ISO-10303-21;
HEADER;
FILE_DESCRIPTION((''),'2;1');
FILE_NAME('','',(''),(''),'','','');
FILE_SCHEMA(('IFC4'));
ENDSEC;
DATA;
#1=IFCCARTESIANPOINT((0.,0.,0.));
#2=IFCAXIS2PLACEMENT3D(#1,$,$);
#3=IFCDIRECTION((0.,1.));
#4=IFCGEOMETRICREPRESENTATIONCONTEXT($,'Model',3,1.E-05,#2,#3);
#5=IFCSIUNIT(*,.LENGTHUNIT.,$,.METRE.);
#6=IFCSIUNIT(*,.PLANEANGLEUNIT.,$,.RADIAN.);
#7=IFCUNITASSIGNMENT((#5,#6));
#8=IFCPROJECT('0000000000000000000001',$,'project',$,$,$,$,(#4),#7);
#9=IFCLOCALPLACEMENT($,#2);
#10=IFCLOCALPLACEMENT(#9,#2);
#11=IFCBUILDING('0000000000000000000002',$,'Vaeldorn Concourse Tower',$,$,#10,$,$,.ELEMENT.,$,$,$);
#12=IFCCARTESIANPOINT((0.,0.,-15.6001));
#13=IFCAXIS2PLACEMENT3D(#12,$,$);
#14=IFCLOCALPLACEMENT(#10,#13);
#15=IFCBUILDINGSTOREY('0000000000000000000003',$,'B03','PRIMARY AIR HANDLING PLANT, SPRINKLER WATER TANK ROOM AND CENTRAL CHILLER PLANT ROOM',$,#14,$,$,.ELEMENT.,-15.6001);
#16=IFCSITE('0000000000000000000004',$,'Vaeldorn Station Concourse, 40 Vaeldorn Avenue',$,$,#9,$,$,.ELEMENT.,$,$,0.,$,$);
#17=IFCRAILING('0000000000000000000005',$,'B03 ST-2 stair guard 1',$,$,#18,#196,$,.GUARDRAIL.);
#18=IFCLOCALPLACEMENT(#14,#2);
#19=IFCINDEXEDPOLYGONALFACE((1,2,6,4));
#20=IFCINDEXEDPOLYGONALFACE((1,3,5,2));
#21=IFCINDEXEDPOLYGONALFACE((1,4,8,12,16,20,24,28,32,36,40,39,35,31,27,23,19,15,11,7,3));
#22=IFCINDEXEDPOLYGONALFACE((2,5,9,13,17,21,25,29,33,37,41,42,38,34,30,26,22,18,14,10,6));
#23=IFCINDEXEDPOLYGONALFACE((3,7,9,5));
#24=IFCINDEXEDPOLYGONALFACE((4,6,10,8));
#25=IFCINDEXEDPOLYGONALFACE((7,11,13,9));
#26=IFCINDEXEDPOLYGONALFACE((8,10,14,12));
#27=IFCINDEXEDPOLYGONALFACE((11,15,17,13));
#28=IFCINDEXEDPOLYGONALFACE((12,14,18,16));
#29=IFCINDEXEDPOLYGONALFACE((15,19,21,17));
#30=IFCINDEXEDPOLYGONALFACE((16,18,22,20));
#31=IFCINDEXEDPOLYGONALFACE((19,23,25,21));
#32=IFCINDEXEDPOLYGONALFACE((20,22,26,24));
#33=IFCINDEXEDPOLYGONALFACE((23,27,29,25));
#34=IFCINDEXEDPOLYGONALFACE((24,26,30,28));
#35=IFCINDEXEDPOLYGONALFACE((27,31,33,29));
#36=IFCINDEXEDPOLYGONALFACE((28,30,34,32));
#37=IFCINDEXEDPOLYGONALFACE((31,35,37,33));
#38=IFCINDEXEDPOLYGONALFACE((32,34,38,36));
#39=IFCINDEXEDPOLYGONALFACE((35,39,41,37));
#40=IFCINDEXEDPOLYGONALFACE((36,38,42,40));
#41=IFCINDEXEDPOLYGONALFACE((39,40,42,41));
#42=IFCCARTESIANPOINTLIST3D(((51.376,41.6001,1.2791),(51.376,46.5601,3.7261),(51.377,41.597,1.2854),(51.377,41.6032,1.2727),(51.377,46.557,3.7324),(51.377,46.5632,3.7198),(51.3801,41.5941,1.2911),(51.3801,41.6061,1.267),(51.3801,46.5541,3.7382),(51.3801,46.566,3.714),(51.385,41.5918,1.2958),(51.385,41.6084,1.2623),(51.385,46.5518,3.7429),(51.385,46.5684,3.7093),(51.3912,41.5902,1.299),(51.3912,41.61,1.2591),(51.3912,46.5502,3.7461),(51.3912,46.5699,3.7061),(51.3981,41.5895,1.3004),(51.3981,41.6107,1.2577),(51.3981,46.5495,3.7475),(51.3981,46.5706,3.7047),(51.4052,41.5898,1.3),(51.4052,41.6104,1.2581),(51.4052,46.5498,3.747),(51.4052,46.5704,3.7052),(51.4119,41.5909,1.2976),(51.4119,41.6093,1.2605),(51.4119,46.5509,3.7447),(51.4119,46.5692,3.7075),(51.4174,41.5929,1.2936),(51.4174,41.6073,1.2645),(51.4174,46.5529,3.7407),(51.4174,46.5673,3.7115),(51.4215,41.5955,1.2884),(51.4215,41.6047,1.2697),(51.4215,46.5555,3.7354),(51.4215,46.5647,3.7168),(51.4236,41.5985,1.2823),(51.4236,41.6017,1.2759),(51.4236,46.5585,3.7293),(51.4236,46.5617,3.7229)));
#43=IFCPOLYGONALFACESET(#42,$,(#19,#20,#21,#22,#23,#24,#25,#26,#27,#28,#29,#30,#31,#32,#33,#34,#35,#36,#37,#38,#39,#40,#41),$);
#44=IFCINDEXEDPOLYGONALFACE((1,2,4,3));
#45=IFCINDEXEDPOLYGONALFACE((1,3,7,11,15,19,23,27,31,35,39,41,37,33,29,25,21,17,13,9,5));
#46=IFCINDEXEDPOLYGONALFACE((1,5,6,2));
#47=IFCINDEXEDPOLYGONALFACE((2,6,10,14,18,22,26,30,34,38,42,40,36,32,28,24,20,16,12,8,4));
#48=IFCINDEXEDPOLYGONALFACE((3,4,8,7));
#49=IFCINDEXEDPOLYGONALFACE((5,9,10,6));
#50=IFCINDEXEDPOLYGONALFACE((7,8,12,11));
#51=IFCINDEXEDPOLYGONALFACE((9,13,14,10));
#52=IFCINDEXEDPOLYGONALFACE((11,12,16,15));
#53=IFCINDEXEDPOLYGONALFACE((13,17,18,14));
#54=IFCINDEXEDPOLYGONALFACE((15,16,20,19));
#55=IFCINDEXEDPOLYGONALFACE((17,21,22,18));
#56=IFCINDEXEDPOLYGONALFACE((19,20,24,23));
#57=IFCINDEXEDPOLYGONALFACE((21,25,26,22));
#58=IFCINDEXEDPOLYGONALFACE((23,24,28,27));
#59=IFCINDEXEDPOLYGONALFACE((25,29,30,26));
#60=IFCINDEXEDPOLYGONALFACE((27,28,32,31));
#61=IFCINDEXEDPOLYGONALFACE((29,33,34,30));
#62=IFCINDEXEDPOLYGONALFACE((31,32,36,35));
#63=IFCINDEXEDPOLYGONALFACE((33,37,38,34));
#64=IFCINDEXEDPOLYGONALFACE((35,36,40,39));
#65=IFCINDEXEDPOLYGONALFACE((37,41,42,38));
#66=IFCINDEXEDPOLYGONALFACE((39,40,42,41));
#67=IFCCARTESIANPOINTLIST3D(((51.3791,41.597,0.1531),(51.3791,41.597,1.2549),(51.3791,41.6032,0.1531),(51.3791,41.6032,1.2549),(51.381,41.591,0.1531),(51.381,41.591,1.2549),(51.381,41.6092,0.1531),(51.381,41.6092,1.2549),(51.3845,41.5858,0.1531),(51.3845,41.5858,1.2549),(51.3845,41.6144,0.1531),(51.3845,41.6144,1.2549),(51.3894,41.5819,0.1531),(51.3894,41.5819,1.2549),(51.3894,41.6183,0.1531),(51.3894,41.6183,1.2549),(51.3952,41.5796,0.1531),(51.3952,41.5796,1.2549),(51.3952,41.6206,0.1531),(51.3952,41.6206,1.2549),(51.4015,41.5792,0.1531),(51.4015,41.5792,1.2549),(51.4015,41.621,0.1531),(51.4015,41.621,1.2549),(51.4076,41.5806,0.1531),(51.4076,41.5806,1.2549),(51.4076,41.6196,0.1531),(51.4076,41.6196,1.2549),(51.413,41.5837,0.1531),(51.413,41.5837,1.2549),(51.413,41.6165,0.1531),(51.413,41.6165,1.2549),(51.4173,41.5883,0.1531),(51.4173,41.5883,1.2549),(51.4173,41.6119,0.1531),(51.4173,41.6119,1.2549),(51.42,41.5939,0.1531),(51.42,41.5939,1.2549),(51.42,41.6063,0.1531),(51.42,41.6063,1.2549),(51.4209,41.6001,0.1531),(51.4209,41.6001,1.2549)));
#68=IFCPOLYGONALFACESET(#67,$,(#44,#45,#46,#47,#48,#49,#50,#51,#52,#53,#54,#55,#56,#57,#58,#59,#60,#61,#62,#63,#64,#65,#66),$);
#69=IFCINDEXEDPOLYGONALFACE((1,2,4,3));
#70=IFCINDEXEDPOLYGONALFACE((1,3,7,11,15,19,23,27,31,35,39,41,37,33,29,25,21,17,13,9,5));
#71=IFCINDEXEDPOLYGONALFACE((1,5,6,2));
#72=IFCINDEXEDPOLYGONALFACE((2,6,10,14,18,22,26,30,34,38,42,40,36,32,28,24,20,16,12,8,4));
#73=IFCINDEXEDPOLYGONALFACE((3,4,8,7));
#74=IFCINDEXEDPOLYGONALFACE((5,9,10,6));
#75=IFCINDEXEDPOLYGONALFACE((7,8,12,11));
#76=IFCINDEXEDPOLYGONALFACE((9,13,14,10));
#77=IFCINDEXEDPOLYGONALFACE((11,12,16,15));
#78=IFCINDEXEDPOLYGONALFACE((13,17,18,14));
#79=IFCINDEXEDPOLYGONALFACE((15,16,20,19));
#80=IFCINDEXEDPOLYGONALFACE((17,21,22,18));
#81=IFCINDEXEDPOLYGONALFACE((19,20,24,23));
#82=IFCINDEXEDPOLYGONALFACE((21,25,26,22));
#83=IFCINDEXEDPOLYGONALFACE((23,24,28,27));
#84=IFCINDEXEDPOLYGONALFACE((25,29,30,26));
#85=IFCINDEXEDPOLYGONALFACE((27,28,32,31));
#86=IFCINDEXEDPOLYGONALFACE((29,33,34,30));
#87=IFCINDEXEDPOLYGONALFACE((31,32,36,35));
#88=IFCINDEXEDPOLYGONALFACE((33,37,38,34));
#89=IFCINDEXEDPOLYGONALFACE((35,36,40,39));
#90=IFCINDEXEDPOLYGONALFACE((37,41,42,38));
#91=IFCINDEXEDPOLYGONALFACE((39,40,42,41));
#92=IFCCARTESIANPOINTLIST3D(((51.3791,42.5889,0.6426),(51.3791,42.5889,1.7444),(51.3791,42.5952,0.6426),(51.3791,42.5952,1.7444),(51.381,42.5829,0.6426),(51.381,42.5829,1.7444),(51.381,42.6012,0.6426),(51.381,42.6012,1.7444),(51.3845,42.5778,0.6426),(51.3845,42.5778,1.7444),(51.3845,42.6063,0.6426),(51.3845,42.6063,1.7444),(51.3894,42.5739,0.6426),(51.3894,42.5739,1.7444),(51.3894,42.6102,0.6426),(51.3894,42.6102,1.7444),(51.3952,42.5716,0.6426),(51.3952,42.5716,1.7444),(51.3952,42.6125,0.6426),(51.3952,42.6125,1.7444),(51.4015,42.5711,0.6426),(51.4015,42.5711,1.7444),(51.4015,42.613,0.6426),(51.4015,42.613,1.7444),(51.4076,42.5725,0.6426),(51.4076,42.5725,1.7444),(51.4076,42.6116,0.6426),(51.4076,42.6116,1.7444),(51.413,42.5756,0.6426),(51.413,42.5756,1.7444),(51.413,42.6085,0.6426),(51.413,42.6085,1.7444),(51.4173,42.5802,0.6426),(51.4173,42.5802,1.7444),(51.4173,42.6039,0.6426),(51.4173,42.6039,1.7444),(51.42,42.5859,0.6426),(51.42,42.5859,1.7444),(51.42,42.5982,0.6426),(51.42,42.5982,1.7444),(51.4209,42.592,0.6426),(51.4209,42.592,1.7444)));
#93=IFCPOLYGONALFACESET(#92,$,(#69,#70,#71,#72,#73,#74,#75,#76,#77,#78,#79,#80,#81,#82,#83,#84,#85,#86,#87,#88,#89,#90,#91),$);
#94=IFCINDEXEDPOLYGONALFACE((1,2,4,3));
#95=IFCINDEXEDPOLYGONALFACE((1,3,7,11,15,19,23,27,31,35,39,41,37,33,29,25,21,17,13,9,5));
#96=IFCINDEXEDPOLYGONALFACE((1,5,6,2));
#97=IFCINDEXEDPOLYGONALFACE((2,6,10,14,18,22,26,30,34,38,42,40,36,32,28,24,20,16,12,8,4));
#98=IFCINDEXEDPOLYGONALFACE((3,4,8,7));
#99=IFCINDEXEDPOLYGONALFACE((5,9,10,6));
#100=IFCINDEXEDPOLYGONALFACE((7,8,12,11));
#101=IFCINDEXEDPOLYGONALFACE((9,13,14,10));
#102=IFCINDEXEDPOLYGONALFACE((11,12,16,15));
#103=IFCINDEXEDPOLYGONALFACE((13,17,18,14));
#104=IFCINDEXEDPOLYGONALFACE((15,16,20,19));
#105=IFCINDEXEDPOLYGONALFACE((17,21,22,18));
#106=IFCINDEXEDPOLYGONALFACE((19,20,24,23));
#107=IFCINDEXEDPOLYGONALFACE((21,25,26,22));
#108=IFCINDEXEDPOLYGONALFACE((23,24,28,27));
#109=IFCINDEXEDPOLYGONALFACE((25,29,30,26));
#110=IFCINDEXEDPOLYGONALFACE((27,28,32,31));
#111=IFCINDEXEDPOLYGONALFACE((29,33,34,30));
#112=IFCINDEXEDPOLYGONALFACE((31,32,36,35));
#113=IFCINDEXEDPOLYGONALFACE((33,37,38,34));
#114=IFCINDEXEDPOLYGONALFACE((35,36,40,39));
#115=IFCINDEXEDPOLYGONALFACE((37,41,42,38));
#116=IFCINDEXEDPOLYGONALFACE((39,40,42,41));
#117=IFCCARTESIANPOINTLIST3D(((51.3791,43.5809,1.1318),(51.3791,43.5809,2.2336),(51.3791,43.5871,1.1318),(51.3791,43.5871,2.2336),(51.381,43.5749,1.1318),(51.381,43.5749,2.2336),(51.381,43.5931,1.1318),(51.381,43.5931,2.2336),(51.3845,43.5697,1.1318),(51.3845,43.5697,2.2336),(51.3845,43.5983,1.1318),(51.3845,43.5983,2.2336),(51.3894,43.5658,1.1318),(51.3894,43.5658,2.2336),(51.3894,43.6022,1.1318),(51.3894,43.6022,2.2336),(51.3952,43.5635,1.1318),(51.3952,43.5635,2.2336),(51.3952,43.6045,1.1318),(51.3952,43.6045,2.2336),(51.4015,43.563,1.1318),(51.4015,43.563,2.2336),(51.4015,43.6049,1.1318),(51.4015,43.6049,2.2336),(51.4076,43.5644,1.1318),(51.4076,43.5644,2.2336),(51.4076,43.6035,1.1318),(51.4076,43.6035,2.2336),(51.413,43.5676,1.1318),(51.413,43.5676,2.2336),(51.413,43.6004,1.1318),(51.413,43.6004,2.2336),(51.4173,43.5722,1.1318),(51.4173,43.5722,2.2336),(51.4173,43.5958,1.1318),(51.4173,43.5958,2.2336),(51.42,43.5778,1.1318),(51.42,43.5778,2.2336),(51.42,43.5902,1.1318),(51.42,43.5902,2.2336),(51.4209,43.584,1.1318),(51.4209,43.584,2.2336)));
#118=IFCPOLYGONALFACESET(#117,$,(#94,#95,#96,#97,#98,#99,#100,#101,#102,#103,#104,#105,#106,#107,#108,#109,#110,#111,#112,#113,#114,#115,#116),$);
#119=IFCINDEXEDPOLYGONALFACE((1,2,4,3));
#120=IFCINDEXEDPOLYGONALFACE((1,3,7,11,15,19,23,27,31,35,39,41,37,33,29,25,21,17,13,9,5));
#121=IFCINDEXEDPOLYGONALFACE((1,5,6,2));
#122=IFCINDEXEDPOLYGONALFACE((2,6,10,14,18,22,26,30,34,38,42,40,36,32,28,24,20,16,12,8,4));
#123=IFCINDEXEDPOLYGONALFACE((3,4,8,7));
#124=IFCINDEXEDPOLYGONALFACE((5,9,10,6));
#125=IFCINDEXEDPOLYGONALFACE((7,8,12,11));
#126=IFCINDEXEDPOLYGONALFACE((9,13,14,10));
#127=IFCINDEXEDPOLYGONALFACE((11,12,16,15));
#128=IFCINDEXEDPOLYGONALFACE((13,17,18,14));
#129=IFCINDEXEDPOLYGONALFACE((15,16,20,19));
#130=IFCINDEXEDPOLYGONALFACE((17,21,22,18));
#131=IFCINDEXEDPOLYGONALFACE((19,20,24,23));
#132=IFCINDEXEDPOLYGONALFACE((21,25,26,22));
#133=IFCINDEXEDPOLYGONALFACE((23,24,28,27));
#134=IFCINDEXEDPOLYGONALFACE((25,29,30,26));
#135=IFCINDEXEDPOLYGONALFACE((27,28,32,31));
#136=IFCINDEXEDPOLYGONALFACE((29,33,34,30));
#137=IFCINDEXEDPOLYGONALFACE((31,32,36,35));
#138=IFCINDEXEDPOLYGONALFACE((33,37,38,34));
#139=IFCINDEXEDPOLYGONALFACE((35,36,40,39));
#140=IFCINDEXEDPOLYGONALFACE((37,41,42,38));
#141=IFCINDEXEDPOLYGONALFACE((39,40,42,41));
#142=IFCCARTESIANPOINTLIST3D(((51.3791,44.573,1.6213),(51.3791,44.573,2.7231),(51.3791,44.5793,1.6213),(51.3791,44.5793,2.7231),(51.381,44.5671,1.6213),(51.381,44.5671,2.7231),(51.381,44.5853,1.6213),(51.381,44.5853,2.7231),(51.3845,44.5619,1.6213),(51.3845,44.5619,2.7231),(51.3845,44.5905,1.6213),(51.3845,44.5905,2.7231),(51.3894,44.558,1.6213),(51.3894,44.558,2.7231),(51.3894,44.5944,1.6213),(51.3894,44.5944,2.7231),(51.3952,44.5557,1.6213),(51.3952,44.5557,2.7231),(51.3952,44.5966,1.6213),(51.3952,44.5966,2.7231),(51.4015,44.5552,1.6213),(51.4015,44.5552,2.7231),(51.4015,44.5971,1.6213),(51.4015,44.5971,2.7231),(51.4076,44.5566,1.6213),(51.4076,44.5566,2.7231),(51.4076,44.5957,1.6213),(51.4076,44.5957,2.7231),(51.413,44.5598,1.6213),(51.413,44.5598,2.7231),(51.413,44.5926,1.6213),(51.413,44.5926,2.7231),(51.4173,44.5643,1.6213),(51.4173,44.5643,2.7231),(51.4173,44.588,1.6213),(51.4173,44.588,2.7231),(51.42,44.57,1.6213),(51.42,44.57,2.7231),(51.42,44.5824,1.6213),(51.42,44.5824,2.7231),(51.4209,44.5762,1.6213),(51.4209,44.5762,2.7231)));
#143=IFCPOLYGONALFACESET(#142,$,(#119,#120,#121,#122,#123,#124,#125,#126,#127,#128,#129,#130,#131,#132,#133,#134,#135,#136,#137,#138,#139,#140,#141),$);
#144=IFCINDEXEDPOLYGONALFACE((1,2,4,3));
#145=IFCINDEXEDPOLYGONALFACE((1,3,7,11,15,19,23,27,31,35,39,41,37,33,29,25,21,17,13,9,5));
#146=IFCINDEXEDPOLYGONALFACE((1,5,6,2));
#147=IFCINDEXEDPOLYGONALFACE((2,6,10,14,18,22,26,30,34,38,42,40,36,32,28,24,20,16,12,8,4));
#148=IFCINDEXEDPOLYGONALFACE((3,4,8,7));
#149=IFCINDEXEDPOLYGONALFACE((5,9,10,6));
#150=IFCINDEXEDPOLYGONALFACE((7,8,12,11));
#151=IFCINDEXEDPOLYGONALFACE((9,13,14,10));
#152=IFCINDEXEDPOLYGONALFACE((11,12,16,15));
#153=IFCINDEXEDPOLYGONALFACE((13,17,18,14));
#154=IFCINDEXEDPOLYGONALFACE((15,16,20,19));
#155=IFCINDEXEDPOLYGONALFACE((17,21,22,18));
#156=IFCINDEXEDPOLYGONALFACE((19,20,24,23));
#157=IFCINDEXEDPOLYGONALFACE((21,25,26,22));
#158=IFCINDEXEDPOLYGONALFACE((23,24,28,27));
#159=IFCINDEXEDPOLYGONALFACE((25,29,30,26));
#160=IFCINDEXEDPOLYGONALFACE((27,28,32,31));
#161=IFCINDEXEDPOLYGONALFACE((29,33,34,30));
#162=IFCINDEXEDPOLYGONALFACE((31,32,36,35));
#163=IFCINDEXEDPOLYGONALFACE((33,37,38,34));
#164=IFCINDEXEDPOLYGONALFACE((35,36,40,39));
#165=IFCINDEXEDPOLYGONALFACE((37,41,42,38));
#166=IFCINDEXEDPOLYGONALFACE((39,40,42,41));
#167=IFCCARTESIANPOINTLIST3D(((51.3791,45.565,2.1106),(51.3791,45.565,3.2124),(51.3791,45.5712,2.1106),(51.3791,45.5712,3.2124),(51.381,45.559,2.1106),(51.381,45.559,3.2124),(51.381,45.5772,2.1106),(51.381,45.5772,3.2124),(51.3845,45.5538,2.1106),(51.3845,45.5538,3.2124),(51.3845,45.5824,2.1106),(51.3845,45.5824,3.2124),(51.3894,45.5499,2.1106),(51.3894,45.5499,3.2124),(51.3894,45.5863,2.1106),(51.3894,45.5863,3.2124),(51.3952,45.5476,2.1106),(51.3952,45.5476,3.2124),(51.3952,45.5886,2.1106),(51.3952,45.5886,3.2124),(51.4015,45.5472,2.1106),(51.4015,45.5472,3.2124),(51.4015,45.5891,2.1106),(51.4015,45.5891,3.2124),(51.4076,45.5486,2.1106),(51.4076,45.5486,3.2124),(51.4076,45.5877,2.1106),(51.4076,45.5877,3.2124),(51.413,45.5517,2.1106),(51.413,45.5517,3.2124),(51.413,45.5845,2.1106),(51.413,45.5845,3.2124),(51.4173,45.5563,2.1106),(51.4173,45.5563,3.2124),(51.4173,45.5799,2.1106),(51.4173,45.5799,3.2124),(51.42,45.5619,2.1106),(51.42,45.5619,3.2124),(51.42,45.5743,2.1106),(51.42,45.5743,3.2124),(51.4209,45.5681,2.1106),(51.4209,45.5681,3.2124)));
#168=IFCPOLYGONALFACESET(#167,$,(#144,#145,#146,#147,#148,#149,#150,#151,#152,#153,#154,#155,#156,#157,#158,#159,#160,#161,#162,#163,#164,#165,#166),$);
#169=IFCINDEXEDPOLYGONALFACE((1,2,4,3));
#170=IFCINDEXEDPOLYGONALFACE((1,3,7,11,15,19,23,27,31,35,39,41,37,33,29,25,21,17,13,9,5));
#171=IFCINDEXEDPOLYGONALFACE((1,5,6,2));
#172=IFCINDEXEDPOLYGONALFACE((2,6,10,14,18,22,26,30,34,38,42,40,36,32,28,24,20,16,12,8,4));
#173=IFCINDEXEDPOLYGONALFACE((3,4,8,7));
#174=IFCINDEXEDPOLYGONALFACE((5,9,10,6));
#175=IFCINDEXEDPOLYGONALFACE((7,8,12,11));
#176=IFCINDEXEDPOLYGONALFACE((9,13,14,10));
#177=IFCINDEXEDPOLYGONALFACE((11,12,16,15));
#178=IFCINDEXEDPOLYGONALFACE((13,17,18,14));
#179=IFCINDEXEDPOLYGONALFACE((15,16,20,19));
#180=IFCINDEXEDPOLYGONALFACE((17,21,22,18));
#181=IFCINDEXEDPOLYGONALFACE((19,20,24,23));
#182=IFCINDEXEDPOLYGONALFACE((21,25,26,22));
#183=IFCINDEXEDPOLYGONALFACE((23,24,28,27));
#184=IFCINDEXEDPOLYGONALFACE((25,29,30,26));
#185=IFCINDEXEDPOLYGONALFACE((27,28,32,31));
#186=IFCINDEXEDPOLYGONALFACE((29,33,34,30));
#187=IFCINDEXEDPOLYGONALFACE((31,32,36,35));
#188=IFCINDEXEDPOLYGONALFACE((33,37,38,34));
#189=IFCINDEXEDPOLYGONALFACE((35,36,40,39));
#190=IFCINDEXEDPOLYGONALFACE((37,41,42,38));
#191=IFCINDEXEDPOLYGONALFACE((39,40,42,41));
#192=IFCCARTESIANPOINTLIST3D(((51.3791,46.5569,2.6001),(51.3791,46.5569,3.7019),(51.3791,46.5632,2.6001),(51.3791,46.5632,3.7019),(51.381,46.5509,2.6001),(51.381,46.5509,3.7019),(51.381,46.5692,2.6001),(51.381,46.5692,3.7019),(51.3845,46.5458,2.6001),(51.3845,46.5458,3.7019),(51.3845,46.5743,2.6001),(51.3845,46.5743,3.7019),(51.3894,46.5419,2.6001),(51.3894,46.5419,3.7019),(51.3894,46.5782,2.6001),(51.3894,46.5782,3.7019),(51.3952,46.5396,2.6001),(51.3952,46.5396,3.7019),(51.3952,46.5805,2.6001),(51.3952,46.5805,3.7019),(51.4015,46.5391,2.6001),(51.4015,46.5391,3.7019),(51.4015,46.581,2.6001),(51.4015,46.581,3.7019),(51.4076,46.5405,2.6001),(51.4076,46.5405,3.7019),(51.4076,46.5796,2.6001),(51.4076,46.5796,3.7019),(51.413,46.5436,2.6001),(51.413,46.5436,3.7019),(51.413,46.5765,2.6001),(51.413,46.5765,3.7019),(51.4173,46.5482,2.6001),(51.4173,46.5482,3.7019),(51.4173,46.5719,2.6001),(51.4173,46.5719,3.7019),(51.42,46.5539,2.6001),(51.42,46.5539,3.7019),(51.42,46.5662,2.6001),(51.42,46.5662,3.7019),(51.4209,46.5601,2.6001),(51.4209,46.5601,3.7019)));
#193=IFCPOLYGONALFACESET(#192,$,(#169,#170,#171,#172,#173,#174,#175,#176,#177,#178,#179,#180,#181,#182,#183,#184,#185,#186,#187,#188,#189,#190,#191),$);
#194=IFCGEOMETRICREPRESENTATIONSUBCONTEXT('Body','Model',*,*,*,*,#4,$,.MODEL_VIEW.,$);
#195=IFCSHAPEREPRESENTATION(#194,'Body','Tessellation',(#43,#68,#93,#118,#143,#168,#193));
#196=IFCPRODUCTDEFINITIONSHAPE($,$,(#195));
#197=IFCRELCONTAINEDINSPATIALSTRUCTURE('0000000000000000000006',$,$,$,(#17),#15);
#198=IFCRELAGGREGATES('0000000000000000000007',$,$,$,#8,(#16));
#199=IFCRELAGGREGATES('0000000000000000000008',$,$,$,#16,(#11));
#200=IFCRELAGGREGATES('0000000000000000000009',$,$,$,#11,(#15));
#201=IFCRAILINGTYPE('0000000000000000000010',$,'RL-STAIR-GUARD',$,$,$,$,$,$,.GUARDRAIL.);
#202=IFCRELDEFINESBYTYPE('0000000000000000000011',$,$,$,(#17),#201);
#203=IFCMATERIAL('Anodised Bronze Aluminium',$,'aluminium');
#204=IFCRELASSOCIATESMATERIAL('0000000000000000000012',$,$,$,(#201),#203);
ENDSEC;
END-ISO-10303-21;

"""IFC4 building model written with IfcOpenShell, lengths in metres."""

from ifc_helpers import new_model, si_unit, direction, frame, origin, origin_2d, place, context, subcontext, project, spatial, circle, extrude, material, type_object, element, save


model = new_model("IFC4")

# Units and contexts
model_context = context("Model", 3, precision=1e-05, world=origin(), true_north=direction((0.0, 1.0)))
body_context = subcontext(model_context, "Body", "Model", "MODEL_VIEW")
ifc_project = project(units=[si_unit("LENGTHUNIT", "METRE"), si_unit("PLANEANGLEUNIT", "RADIAN")], contexts=[model_context])

# Site, building, storey
site_placement = place(None, origin())
site = spatial("IfcSite", under=ifc_project, at=site_placement, Name="Vaeldorn Station Concourse, 40 Vaeldorn Avenue", CompositionType="ELEMENT", RefElevation=0.0)
building_placement = place(site_placement, origin())
building = spatial("IfcBuilding", under=site, at=building_placement, Name="Vaeldorn Concourse Tower", CompositionType="ELEMENT")
storey_placement = place(building_placement, frame((0.0, 0.0, -15.6001)))
storey = spatial("IfcBuildingStorey", under=building, at=storey_placement, Name="B03", Description="PRIMARY AIR HANDLING PLANT, SPRINKLER WATER TANK ROOM AND CENTRAL CHILLER PLANT ROOM", CompositionType="ELEMENT", Elevation=-15.6001)

# Railing
ifc_material_1 = material(Name="Anodised Bronze Aluminium", Category="aluminium")
railing_type_1 = type_object("IfcRailingType", Name="RL-STAIR-GUARD", PredefinedType="GUARDRAIL", material=ifc_material_1)
for number, where, name in (
    (1, (51.3999, 41.6001, 0.1531), "B03 ST-2 stair guard 1"),
):
    element("IfcRailing", number, at=place(storey_placement, frame(where)), inside=storey, type_object=railing_type_1, Name=name, PredefinedType="GUARDRAIL", context=body_context, shape_type="SweptSolid", body=[
        extrude(circle(Radius=0.0239, at=origin_2d()), frame((0.0, 0.0, 1.126), z_axis=(0.0, 0.896798, 0.44244), x_axis=(-1.0, 0.0, 0.0)), (0.0, 0.0, 1.0), 5.5308),
        extrude(circle(Radius=0.021, at=origin_2d()), origin(), (0.0, 0.0, 1.0), 1.1018),
        extrude(circle(Radius=0.021, at=origin_2d()), frame((0.0, 0.9919, 0.4895)), (0.0, 0.0, 1.0), 1.1018),
        extrude(circle(Radius=0.021, at=origin_2d()), frame((0.0, 1.9839, 0.9788)), (0.0, 0.0, 1.0), 1.1018),
        extrude(circle(Radius=0.021, at=origin_2d()), frame((0.0, 2.9761, 1.4683)), (0.0, 0.0, 1.0), 1.1018),
        extrude(circle(Radius=0.021, at=origin_2d()), frame((0.0, 3.968, 1.9575)), (0.0, 0.0, 1.0), 1.1018),
        extrude(circle(Radius=0.021, at=origin_2d()), frame((0.0, 4.96, 2.447)), (0.0, 0.0, 1.0), 1.1018),
    ])

save(model, "model.ifc")
